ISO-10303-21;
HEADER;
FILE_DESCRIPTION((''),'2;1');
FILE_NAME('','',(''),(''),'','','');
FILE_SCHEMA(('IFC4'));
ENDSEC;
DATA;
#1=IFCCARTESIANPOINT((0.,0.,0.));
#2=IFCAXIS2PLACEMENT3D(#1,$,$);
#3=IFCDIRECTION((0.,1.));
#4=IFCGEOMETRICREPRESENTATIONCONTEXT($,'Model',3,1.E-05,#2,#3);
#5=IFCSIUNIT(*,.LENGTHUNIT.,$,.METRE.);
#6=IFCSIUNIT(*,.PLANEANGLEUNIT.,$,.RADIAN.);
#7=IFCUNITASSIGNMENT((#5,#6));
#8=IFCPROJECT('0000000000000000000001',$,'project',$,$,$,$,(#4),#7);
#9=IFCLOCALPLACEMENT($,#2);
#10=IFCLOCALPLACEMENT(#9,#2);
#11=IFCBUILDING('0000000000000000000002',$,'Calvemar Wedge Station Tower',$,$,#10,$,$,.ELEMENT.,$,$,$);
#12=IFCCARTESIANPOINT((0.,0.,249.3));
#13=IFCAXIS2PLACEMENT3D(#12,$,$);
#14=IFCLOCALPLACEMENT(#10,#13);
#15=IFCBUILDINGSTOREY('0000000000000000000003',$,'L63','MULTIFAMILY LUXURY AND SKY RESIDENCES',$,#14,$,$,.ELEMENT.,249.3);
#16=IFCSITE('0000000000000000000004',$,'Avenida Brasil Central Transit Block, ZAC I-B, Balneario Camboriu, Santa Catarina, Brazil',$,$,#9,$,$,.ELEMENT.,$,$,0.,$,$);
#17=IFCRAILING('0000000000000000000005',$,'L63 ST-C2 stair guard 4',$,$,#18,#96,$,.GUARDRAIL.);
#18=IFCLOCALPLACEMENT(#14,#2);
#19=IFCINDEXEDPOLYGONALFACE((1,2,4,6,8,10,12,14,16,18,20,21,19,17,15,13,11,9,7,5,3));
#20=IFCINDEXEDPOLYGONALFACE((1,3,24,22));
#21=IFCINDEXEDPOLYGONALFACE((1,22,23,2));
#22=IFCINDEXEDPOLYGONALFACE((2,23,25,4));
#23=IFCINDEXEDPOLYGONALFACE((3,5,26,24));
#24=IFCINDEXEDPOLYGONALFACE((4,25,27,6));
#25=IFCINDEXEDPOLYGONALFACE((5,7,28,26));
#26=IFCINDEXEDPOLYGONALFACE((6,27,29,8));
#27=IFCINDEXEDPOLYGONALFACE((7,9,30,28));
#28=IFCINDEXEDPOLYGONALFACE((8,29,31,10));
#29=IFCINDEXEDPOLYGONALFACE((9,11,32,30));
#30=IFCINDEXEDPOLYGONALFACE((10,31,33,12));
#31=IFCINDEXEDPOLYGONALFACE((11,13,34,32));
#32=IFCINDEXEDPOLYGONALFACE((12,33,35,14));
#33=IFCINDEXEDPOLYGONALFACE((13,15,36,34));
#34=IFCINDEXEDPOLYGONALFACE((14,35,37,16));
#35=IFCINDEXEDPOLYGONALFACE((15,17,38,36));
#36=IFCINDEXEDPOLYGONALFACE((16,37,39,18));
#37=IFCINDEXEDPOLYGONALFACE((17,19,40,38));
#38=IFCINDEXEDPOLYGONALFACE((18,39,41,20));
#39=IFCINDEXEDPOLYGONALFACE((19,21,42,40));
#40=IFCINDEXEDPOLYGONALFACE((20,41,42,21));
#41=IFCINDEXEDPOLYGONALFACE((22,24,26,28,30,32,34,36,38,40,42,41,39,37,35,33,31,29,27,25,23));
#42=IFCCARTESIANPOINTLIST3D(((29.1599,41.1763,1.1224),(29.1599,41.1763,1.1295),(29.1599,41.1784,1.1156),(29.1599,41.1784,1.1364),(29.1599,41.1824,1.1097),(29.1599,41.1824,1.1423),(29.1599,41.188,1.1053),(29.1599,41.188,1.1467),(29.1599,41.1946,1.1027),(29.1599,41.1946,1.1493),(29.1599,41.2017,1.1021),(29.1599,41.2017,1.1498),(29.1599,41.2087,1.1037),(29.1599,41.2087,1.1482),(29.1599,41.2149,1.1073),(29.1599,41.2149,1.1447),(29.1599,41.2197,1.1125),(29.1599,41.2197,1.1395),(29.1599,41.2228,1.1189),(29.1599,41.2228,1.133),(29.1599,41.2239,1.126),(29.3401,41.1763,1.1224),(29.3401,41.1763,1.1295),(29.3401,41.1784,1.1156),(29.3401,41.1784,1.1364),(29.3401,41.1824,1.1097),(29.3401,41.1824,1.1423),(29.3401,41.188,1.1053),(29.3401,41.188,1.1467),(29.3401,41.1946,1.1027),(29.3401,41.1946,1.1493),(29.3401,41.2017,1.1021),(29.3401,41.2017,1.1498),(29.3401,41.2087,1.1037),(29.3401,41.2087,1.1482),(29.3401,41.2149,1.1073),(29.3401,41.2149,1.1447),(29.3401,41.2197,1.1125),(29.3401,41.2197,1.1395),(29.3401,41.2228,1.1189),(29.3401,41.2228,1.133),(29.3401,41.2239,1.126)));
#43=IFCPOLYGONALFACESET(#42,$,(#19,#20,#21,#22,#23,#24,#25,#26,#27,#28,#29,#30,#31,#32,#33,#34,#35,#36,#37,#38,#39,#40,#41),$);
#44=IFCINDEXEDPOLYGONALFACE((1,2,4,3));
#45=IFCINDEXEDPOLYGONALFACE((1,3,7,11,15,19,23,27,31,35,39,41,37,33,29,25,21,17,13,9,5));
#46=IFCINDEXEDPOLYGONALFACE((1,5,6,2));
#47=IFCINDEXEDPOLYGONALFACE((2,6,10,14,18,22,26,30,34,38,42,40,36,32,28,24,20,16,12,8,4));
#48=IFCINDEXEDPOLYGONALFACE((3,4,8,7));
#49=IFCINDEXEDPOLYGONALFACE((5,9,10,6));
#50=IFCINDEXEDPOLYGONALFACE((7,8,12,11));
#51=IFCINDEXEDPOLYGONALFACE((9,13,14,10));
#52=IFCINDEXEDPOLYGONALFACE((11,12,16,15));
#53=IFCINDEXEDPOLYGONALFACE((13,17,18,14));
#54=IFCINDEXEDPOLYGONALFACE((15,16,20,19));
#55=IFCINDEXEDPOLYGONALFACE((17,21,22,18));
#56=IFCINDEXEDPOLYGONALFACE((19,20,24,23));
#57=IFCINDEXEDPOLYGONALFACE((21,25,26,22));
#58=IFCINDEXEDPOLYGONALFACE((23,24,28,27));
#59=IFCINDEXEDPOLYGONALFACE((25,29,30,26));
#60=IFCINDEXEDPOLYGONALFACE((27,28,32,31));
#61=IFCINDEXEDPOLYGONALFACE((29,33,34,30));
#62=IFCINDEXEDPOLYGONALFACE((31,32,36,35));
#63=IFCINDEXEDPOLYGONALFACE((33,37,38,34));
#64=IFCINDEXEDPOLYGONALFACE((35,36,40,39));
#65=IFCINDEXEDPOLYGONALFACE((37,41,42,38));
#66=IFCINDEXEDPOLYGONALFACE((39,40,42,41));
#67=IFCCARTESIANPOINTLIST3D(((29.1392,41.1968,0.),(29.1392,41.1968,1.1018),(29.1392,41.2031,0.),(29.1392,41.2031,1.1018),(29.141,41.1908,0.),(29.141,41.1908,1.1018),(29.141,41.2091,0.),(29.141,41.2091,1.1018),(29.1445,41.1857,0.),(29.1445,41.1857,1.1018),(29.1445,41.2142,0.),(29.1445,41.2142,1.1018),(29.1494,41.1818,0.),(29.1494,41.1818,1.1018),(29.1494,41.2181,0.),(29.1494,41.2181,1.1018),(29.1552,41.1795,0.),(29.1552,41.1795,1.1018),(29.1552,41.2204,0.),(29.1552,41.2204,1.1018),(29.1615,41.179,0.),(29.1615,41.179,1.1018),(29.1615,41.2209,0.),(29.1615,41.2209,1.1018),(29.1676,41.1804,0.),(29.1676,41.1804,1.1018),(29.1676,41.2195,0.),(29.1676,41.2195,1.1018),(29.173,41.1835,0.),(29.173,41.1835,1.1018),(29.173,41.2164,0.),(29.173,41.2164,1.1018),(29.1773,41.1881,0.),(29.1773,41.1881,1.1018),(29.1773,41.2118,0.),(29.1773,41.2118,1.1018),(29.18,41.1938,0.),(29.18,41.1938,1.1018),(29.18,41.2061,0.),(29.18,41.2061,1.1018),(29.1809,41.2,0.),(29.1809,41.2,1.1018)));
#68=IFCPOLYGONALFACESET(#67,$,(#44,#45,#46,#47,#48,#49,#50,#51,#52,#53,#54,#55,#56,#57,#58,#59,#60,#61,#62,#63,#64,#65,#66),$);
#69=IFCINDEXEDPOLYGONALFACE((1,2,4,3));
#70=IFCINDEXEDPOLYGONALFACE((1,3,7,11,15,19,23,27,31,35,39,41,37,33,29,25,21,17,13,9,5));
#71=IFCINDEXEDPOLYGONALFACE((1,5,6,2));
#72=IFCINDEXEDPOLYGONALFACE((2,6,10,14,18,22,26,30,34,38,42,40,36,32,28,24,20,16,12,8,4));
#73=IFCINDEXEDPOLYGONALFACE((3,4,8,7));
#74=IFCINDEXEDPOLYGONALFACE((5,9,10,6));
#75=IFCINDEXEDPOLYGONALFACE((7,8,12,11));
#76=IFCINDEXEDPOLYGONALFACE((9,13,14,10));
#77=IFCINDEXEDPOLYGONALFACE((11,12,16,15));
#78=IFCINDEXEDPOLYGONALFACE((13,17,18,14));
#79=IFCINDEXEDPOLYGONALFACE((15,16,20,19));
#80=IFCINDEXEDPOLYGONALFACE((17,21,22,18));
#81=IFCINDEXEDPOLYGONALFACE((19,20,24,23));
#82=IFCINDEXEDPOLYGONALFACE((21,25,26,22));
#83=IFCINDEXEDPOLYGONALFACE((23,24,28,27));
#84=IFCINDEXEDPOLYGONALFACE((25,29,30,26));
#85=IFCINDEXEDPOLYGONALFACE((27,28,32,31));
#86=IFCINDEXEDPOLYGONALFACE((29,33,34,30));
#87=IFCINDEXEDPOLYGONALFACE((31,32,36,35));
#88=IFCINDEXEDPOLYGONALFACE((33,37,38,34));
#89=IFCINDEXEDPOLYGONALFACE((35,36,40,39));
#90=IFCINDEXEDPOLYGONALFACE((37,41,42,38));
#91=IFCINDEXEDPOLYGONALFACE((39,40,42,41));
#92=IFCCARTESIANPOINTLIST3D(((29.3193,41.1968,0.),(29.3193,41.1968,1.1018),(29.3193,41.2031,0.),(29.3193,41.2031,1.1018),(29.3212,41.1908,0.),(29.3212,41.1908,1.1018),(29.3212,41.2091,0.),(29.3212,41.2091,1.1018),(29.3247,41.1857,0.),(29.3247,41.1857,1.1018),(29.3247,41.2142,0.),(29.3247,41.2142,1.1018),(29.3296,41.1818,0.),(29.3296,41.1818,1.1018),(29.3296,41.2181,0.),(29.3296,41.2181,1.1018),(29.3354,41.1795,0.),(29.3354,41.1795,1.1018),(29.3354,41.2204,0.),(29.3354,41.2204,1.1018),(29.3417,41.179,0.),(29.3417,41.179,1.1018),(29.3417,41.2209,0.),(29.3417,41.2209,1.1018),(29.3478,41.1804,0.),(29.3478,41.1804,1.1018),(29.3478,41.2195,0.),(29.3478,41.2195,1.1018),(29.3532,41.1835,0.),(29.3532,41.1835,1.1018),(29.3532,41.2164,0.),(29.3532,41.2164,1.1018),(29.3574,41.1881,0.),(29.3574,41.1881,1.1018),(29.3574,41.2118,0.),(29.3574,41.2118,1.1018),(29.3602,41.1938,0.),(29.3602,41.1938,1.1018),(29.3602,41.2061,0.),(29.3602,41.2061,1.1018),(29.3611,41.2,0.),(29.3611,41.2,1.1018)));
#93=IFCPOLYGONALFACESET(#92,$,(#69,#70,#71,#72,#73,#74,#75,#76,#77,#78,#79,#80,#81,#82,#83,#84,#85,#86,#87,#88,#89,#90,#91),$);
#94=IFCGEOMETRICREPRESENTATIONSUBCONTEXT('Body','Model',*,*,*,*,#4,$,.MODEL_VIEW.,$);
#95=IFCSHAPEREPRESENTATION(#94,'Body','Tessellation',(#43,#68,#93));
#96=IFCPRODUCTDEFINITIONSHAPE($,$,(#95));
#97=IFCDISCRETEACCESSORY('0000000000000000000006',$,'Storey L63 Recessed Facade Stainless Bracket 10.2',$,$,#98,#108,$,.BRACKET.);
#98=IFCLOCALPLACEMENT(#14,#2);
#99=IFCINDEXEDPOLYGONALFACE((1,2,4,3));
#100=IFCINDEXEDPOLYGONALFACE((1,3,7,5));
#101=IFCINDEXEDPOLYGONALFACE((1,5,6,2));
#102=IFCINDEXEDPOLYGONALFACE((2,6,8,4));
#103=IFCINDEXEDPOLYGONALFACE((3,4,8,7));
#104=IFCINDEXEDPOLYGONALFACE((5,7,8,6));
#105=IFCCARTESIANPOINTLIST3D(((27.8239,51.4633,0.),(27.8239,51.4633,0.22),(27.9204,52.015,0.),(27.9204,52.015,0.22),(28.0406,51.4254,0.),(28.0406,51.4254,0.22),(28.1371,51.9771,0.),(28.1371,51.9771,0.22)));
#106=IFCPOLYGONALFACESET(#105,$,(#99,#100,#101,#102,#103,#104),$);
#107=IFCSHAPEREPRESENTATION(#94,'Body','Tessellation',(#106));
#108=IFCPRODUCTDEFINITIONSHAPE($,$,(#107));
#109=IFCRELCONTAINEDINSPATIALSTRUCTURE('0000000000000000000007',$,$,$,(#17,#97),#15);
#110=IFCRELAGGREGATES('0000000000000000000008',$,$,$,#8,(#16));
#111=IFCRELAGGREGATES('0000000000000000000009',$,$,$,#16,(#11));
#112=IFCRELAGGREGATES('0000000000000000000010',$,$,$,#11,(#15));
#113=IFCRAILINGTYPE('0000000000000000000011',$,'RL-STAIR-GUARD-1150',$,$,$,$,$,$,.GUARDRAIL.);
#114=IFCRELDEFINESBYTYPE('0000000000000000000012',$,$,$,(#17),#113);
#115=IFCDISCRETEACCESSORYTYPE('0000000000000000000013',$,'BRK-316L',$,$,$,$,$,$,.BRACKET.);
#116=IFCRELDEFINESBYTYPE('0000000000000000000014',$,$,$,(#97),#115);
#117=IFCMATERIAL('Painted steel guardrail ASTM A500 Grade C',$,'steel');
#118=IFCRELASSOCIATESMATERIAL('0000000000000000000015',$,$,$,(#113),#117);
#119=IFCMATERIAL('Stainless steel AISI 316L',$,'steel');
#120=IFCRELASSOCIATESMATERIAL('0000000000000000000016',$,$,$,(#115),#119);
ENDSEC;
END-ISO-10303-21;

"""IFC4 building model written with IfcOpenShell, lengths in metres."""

from ifc_helpers import new_model, si_unit, direction, frame, origin, origin_2d, place, context, subcontext, project, spatial, rectangle, circle, extrude, source, transform, mapped, material, type_object, element, save


model = new_model("IFC4")

# Units and contexts
model_context = context("Model", 3, precision=1e-05, world=origin(), true_north=direction((0.0, 1.0)))
body_context = subcontext(model_context, "Body", "Model", "MODEL_VIEW")
ifc_project = project(units=[si_unit("LENGTHUNIT", "METRE"), si_unit("PLANEANGLEUNIT", "RADIAN")], contexts=[model_context])

# Site, building, storey
site_placement = place(None, origin())
site = spatial("IfcSite", under=ifc_project, at=site_placement, Name="Avenida Brasil Central Transit Block, ZAC I-B, Balneario Camboriu, Santa Catarina, Brazil", CompositionType="ELEMENT", RefElevation=0.0)
building_placement = place(site_placement, origin())
building = spatial("IfcBuilding", under=site, at=building_placement, Name="Calvemar Wedge Station Tower", CompositionType="ELEMENT")
storey_placement = place(building_placement, frame((0.0, 0.0, 249.3)))
storey = spatial("IfcBuildingStorey", under=building, at=storey_placement, Name="L63", Description="MULTIFAMILY LUXURY AND SKY RESIDENCES", CompositionType="ELEMENT", Elevation=249.3)

# Railing
ifc_material_1 = material(Name="Stainless steel AISI 316L", Category="steel")
ifc_material_2 = material(Name="Painted steel guardrail ASTM A500 Grade C", Category="steel")
railing_type_1 = type_object("IfcRailingType", Name="RL-STAIR-GUARD-1150", PredefinedType="GUARDRAIL", material=ifc_material_2)
railing_1_placement = place(storey_placement, frame((29.1599, 41.2, 0.0)))
element("IfcRailing", 1, at=railing_1_placement, inside=storey, type_object=railing_type_1, Name="L63 ST-C2 stair guard 4", PredefinedType="GUARDRAIL", context=body_context, shape_type="SweptSolid", body=[
    extrude(circle(Radius=0.0239, at=origin_2d()), frame((0.0, 0.0, 1.126), z_axis=(1.0, 0.0, 0.0), x_axis=(0.0, 1.0, 0.0)), (0.0, 0.0, 1.0), 0.1802),
    extrude(circle(Radius=0.021, at=origin_2d()), origin(), (0.0, 0.0, 1.0), 1.1018),
    extrude(circle(Radius=0.021, at=origin_2d()), frame((0.1802, 0.0, 0.0)), (0.0, 0.0, 1.0), 1.1018),
])

# Discrete accessory
discrete_accessory_type = type_object("IfcDiscreteAccessoryType", Name="BRK-316L", PredefinedType="BRACKET", material=ifc_material_1)
shared_shape_1 = source(origin(), body_context, "Body", "SweptSolid", [
    extrude(rectangle(XDim=0.22, YDim=0.5601, at=origin_2d()), origin(), (0.0, 0.0, 1.0), 0.22),
])
discrete_accessory_placement = place(storey_placement, frame((27.9805, 51.7202, 0.0), z_axis=(0.0, 0.0, 1.0), x_axis=(-0.985049, 0.172273, 0.0)))
element("IfcDiscreteAccessory", 2, at=discrete_accessory_placement, inside=storey, type_object=discrete_accessory_type, Name="Storey L63 Recessed Facade Stainless Bracket 10.2", PredefinedType="BRACKET", context=body_context, shape_type="MappedRepresentation", body=[
    mapped(shared_shape_1, transform((0.0, 0.0, 0.0), scale=1.0)),
])

save(model, "model.ifc")
